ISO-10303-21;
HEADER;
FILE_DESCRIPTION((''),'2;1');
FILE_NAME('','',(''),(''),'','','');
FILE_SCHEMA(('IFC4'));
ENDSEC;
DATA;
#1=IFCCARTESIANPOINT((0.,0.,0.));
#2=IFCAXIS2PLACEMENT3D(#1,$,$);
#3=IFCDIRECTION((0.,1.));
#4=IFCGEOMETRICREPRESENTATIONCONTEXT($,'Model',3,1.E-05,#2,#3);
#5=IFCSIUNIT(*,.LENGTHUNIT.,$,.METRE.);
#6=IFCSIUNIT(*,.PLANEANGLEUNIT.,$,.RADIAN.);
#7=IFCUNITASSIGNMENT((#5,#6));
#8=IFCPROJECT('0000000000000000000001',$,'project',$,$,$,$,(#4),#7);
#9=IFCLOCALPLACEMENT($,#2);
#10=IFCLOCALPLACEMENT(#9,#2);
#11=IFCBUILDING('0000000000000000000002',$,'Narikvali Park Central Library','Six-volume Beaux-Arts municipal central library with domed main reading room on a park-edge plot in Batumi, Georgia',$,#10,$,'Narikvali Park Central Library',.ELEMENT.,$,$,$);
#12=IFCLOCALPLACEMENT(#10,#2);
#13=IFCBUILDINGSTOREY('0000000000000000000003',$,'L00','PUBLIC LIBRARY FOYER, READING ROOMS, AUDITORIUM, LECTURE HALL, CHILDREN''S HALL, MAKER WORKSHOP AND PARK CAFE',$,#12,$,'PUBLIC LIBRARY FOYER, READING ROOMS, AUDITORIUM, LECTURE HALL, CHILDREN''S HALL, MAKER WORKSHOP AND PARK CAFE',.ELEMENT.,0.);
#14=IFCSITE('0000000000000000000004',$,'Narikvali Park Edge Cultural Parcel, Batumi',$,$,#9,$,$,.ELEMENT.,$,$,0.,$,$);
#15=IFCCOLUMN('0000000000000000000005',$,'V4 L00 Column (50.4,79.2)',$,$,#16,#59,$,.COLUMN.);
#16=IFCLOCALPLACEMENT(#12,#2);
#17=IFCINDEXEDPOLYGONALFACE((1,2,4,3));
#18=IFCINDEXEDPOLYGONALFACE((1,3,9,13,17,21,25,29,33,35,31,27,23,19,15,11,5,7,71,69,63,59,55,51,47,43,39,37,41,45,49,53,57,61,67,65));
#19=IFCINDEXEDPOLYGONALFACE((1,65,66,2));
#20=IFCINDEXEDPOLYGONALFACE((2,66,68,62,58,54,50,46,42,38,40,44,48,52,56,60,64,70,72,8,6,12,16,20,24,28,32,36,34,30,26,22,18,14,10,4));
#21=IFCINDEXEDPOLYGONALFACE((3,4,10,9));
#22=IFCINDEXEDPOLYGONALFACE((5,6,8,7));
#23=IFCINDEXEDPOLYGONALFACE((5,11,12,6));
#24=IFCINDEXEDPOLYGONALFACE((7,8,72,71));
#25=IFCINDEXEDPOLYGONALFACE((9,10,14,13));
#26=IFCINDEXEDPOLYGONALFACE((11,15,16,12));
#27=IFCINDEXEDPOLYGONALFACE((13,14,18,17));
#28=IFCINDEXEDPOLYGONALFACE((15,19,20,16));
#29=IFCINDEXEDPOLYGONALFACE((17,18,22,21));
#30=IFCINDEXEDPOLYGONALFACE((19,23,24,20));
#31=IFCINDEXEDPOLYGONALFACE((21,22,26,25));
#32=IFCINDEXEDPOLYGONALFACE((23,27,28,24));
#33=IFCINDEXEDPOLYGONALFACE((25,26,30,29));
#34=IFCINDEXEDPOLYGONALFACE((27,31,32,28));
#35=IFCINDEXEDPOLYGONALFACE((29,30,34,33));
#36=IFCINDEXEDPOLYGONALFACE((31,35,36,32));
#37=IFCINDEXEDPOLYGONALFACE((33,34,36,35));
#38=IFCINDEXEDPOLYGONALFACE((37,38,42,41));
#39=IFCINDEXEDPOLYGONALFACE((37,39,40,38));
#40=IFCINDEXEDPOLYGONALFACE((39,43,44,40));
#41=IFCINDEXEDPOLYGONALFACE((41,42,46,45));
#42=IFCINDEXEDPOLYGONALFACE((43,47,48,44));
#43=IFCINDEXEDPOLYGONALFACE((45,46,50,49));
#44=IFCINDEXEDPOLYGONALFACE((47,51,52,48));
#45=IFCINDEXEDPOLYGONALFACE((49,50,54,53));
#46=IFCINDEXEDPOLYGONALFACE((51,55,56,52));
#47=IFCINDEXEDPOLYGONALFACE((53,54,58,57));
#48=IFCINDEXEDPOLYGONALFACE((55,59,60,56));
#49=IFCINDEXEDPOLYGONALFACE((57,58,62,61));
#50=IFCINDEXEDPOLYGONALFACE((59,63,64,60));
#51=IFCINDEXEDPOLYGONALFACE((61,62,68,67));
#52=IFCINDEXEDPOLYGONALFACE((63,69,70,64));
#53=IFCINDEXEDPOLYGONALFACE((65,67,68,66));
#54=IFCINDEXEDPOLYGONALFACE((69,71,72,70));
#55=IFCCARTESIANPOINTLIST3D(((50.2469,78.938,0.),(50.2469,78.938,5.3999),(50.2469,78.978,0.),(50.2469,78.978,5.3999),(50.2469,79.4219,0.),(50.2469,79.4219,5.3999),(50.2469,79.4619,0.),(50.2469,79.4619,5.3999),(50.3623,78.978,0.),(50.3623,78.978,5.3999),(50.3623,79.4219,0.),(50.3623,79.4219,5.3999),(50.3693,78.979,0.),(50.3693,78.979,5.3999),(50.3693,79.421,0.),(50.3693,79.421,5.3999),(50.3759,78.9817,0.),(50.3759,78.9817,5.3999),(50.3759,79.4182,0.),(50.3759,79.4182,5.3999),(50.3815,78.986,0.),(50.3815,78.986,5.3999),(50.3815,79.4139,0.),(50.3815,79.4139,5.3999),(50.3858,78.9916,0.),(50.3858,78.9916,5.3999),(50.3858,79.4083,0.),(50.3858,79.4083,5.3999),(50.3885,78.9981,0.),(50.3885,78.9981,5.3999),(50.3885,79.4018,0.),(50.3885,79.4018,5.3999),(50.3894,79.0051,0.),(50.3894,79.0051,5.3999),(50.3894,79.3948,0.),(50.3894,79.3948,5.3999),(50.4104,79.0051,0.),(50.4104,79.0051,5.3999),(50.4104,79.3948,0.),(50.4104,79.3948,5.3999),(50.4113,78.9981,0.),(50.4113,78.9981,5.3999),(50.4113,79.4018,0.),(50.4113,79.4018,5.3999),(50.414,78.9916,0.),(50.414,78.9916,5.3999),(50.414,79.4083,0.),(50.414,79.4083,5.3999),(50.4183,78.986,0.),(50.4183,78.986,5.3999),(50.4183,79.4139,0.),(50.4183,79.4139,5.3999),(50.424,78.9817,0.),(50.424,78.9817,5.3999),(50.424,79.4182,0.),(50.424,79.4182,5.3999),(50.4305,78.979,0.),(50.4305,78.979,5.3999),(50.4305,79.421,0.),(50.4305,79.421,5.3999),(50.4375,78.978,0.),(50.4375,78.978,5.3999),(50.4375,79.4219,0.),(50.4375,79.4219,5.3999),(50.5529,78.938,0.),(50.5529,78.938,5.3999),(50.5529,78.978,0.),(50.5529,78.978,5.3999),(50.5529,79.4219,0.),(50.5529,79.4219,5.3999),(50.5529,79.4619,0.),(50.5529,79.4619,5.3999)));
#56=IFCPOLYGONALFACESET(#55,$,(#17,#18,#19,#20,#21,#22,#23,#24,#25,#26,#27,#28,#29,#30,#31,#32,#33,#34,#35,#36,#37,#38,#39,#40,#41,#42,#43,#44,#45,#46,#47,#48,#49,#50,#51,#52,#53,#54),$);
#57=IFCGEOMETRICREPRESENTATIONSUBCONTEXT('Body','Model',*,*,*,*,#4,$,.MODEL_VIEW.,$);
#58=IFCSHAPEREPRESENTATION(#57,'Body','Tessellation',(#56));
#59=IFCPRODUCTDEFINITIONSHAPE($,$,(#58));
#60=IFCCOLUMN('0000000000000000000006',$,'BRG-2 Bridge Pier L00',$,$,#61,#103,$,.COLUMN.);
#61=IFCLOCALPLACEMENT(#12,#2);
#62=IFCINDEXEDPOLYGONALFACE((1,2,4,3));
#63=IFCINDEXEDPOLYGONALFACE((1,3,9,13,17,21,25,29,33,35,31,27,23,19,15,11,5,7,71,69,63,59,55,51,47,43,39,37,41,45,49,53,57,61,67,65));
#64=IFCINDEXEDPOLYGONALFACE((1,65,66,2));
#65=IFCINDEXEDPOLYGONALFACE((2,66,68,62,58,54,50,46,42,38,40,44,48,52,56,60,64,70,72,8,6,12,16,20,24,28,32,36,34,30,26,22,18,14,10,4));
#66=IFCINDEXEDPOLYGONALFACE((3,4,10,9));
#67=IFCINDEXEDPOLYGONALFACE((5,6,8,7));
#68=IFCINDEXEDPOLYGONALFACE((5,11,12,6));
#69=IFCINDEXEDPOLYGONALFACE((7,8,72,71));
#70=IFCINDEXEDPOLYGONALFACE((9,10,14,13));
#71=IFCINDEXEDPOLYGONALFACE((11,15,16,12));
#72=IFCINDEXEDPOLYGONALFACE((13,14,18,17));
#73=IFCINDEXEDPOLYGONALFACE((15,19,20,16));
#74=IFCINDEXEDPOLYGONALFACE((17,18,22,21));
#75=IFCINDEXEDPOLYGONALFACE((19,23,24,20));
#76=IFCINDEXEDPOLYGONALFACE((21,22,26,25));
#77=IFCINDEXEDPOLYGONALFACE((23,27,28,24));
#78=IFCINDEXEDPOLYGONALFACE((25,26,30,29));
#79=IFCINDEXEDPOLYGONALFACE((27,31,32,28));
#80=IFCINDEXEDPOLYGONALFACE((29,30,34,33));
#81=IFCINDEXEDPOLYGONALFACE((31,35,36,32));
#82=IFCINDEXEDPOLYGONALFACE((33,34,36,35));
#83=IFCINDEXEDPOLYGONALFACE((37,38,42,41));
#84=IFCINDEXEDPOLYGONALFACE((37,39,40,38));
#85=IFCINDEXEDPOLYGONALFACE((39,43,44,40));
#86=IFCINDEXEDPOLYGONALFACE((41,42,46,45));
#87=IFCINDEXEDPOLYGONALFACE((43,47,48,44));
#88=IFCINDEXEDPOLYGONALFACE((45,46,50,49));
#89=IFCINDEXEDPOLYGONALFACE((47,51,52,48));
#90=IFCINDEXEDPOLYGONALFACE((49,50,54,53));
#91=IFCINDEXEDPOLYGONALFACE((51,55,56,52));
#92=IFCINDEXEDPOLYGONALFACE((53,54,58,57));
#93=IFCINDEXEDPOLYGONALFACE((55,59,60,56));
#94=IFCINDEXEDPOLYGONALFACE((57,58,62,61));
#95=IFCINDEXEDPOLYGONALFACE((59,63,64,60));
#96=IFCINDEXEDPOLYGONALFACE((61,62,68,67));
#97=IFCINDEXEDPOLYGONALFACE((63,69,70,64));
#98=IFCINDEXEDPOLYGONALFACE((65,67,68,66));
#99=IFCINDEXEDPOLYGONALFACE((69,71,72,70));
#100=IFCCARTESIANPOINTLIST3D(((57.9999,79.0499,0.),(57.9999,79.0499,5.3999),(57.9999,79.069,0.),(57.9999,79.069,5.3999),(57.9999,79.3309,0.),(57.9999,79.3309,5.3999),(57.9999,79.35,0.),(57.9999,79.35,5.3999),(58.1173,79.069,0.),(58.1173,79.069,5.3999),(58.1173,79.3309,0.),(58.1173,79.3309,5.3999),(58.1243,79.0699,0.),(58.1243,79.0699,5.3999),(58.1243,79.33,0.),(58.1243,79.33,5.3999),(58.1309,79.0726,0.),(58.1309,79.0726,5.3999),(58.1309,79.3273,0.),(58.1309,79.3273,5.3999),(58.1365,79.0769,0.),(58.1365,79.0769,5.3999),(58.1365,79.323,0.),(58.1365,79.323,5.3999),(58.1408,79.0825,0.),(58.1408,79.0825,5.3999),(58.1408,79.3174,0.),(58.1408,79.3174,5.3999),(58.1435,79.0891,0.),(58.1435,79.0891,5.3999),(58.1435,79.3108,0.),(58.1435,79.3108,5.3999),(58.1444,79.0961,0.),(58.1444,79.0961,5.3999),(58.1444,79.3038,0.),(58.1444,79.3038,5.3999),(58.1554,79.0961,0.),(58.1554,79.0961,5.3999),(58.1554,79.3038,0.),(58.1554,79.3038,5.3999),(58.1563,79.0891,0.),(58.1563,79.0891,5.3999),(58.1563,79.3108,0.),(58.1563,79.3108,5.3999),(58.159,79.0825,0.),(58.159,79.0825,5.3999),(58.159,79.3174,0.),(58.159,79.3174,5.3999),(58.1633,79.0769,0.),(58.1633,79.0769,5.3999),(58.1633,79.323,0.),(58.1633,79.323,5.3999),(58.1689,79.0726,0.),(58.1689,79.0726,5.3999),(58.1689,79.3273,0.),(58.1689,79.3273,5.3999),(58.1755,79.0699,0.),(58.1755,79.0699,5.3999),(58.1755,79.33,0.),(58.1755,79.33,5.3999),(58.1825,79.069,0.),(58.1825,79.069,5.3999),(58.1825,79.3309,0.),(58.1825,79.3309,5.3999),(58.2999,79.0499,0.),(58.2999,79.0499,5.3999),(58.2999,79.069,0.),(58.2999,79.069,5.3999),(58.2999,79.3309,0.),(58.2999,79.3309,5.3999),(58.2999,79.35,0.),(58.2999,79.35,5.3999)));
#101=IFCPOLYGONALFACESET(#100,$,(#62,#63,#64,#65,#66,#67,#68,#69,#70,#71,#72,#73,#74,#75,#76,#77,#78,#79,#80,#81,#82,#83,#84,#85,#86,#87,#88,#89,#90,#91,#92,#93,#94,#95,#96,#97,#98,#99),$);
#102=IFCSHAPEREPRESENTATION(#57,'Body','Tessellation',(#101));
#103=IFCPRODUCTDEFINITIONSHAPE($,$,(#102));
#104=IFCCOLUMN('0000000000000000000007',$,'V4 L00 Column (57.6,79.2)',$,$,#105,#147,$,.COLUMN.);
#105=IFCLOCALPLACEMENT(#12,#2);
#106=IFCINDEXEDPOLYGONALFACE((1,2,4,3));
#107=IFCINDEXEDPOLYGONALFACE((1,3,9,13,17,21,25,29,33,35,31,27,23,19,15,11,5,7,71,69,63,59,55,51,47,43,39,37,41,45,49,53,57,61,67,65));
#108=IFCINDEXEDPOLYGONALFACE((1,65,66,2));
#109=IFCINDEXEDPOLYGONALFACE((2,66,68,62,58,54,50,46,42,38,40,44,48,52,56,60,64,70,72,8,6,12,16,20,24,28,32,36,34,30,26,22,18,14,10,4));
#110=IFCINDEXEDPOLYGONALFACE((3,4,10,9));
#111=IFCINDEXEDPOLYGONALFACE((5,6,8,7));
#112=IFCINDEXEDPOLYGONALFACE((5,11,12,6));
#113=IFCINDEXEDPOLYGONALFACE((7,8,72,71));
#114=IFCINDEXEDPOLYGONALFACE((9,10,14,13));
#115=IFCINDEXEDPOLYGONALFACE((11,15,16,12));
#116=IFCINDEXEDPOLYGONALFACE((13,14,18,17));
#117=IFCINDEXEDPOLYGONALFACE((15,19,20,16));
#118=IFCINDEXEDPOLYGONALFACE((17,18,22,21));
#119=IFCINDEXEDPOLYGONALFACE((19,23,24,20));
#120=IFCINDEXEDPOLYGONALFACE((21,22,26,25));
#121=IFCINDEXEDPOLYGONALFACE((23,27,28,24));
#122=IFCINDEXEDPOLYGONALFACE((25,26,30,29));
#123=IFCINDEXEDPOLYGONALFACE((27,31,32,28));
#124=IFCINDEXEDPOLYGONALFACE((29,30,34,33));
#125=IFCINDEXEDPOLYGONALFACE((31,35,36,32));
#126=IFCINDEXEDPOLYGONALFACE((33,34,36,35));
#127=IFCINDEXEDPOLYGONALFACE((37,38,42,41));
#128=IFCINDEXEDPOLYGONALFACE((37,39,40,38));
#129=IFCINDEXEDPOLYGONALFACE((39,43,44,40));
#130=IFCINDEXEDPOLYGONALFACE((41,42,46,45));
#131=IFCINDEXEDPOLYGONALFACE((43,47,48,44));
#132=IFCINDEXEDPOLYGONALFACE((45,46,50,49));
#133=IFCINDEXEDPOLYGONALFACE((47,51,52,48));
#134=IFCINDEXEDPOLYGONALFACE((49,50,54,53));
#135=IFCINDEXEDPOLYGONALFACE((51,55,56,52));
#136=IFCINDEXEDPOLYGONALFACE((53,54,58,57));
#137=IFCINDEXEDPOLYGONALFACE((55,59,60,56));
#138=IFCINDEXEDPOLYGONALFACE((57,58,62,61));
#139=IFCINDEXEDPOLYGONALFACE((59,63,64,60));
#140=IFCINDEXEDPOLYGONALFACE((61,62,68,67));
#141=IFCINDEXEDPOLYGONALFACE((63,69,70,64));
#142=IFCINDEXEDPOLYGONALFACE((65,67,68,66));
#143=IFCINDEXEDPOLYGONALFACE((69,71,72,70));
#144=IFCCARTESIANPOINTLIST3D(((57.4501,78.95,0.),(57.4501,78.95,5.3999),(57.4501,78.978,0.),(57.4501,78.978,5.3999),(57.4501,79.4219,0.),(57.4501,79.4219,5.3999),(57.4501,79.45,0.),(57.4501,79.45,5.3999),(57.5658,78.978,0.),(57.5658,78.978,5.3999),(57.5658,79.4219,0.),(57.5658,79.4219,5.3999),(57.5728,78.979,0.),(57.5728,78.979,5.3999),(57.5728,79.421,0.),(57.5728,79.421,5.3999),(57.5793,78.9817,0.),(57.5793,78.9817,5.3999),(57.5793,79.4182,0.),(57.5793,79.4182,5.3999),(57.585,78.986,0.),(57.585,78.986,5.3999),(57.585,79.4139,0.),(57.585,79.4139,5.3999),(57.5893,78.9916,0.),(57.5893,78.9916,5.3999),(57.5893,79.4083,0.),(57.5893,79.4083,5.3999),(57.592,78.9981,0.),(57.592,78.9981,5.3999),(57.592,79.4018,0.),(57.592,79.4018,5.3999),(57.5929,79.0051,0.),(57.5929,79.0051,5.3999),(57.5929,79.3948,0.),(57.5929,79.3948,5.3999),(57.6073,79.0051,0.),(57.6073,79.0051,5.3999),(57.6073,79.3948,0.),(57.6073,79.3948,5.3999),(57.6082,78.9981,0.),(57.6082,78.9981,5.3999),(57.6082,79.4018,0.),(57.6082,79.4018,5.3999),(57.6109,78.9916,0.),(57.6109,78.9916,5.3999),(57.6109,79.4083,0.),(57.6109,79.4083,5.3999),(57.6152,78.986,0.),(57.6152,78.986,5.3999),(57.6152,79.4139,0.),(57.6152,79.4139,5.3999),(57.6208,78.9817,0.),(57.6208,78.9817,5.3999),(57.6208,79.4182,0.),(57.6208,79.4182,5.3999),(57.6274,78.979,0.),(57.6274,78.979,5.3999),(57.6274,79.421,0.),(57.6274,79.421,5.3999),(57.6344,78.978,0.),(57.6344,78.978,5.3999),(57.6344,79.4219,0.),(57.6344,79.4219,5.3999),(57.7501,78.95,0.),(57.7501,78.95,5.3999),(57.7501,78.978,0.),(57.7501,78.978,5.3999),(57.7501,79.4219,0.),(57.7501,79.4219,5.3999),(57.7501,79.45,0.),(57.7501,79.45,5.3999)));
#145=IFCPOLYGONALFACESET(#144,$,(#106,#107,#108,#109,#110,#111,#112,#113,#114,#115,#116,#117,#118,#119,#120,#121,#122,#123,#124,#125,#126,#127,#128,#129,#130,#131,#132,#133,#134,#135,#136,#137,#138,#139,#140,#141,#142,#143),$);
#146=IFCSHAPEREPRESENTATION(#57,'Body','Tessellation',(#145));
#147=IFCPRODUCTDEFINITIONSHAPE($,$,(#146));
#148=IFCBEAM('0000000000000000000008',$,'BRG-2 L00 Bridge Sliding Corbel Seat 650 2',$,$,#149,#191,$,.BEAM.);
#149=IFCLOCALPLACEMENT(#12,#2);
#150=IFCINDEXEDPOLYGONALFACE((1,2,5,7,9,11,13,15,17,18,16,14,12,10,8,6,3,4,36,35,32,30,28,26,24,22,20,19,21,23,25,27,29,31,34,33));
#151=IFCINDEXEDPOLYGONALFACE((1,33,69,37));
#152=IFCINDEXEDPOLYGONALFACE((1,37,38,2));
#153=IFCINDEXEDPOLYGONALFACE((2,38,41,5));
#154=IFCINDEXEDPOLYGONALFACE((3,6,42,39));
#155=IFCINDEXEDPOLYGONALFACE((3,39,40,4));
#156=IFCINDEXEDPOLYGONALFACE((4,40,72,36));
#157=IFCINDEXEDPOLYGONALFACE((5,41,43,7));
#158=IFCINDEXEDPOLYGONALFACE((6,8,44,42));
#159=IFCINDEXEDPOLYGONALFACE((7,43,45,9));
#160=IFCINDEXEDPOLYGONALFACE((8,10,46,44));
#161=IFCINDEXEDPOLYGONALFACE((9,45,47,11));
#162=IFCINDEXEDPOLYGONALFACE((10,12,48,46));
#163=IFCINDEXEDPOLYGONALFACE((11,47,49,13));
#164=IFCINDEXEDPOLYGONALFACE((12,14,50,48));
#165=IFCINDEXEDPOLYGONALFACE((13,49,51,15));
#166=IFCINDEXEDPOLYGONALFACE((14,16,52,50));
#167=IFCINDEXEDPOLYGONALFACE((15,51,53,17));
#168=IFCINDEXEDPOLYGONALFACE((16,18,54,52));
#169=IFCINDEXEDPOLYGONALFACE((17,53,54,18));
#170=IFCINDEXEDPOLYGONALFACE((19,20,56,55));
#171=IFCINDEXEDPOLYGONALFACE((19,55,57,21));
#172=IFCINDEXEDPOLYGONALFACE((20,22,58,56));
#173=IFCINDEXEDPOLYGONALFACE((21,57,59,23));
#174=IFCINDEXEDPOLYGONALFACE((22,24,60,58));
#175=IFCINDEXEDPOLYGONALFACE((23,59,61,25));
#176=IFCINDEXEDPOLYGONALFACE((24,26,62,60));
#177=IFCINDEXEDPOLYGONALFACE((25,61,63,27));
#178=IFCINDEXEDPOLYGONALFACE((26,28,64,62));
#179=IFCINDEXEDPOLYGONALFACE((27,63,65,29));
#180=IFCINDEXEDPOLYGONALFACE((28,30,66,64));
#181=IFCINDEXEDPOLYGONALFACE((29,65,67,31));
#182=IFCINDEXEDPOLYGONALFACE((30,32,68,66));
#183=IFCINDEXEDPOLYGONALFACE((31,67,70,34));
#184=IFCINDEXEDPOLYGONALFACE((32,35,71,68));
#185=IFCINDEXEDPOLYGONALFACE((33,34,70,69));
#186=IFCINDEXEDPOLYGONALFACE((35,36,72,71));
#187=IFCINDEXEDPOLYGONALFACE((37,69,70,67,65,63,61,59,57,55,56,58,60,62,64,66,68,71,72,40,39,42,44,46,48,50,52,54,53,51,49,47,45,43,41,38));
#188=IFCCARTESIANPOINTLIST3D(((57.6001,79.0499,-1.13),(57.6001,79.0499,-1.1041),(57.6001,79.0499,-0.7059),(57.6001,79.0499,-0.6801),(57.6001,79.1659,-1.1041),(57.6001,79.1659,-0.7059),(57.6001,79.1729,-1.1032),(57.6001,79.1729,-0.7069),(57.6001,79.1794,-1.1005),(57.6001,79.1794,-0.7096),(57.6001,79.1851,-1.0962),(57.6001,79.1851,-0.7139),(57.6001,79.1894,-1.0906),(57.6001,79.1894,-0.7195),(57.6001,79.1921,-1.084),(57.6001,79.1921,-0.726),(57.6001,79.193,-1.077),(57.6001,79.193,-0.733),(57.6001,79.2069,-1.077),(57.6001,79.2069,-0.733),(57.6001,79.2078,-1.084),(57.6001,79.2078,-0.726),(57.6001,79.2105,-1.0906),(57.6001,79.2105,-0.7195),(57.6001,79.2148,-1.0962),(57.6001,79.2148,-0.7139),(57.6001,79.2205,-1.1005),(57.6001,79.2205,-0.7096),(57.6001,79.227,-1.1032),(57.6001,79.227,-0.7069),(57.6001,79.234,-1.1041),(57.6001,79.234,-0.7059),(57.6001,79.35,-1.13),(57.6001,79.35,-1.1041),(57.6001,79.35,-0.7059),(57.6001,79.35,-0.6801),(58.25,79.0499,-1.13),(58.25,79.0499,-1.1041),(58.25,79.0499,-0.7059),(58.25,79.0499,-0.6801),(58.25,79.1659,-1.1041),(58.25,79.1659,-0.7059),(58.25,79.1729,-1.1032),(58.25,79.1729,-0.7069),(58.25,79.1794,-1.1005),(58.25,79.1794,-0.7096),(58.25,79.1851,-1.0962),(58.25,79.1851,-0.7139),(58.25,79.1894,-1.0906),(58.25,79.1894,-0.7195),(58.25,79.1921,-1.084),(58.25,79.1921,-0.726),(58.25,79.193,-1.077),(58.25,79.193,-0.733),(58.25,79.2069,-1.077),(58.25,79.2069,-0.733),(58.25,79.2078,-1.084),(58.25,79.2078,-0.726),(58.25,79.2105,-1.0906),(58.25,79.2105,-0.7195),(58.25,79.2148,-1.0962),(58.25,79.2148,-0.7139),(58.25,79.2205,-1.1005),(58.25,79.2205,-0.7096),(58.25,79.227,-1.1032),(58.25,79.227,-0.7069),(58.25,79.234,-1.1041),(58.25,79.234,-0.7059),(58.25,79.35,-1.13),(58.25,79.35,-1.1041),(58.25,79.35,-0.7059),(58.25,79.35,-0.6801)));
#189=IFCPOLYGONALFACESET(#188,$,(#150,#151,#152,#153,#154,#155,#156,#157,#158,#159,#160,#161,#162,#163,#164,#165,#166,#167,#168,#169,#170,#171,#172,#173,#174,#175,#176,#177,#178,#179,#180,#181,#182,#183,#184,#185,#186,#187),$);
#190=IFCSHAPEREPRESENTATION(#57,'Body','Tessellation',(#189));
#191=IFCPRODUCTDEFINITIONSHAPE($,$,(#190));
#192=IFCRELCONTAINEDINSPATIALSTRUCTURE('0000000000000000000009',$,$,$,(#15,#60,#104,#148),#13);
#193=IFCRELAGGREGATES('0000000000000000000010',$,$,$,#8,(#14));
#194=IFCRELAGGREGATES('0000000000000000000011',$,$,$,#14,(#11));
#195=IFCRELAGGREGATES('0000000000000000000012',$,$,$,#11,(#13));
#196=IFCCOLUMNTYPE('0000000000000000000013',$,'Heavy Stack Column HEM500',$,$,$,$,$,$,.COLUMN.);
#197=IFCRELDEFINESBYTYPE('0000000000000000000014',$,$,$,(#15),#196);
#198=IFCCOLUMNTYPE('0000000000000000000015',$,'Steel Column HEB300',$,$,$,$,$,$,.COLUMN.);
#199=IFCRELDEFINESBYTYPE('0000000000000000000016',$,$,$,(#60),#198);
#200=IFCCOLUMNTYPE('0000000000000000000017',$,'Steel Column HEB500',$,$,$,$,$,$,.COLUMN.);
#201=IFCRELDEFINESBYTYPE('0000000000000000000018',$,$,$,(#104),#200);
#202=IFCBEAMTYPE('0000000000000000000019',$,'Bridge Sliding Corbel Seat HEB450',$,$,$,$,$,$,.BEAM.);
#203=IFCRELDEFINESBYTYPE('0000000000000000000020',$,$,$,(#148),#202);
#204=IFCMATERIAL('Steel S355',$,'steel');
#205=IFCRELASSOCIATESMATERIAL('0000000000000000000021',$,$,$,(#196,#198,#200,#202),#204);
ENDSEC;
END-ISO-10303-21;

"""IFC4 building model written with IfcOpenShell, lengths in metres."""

from ifc_helpers import new_model, si_unit, direction, frame, origin, origin_2d, place, context, subcontext, project, spatial, i_section, extrude, material, material_profile, profile_set, type_object, element, save


model = new_model("IFC4")

# Units and contexts
model_context = context("Model", 3, precision=1e-05, world=origin(), true_north=direction((0.0, 1.0)))
body_context = subcontext(model_context, "Body", "Model", "MODEL_VIEW")
ifc_project = project(units=[si_unit("LENGTHUNIT", "METRE"), si_unit("PLANEANGLEUNIT", "RADIAN")], contexts=[model_context])

# Site, building, storey
site_placement = place(None, origin())
site = spatial("IfcSite", under=ifc_project, at=site_placement, Name="Narikvali Park Edge Cultural Parcel, Batumi", CompositionType="ELEMENT", RefElevation=0.0)
building_placement = place(site_placement, origin())
building = spatial("IfcBuilding", under=site, at=building_placement, Name="Narikvali Park Central Library", Description="Six-volume Beaux-Arts municipal central library with domed main reading room on a park-edge plot in Batumi, Georgia", LongName="Narikvali Park Central Library", CompositionType="ELEMENT")
storey_placement = place(building_placement, origin())
storey = spatial("IfcBuildingStorey", under=building, at=storey_placement, Name="L00", Description="PUBLIC LIBRARY FOYER, READING ROOMS, AUDITORIUM, LECTURE HALL, CHILDREN'S HALL, MAKER WORKSHOP AND PARK CAFE", LongName="PUBLIC LIBRARY FOYER, READING ROOMS, AUDITORIUM, LECTURE HALL, CHILDREN'S HALL, MAKER WORKSHOP AND PARK CAFE", CompositionType="ELEMENT", Elevation=0.0)

# Columns
ifc_material_1 = material(Name="Steel S355", Category="steel")
ifc_material_profile_1 = material_profile(ifc_material_1, i_section(OverallWidth=0.3059, OverallDepth=0.5239, WebThickness=0.021, FlangeThickness=0.04, FilletRadius=0.0271, at=origin_2d()), Name="HEM 500")
ifc_profile_set_1 = profile_set([ifc_material_profile_1], Name="Steel S355")
column_type_1 = type_object("IfcColumnType", Name="Heavy Stack Column HEM500", PredefinedType="COLUMN", material=ifc_profile_set_1)
column_1_placement = place(storey_placement, frame((50.3999, 79.2, 0.0), z_axis=(0.0, 0.0, 1.0), x_axis=(1.0, 0.0, 0.0)))
element("IfcColumn", 1, at=column_1_placement, inside=storey, type_object=column_type_1, Name="V4 L00 Column (50.4,79.2)", PredefinedType="COLUMN", context=body_context, shape_type="SweptSolid", body=[
    extrude(i_section(OverallWidth=0.3059, OverallDepth=0.5239, WebThickness=0.021, FlangeThickness=0.04, FilletRadius=0.0271, at=origin_2d()), origin(), (0.0, 0.0, 1.0), 5.3999),
])
ifc_material_profile_2 = material_profile(ifc_material_1, i_section(OverallWidth=0.3, OverallDepth=0.3, WebThickness=0.011, FlangeThickness=0.019, FilletRadius=0.0271, at=origin_2d()), Name="HEB 300")
ifc_profile_set_2 = profile_set([ifc_material_profile_2], Name="Steel S355")
column_type_2 = type_object("IfcColumnType", Name="Steel Column HEB300", PredefinedType="COLUMN", material=ifc_profile_set_2)
column_2_placement = place(storey_placement, frame((58.1499, 79.2, 0.0), z_axis=(0.0, 0.0, 1.0), x_axis=(1.0, 0.0, 0.0)))
element("IfcColumn", 2, at=column_2_placement, inside=storey, type_object=column_type_2, Name="BRG-2 Bridge Pier L00", PredefinedType="COLUMN", context=body_context, shape_type="SweptSolid", body=[
    extrude(i_section(OverallWidth=0.3, OverallDepth=0.3, WebThickness=0.011, FlangeThickness=0.019, FilletRadius=0.0271, at=origin_2d()), origin(), (0.0, 0.0, 1.0), 5.3999),
])
ifc_material_profile_3 = material_profile(ifc_material_1, i_section(OverallWidth=0.3, OverallDepth=0.5, WebThickness=0.0144, FlangeThickness=0.0281, FilletRadius=0.0271, at=origin_2d()), Name="HEB 500")
ifc_profile_set_3 = profile_set([ifc_material_profile_3], Name="Steel S355")
column_type_3 = type_object("IfcColumnType", Name="Steel Column HEB500", PredefinedType="COLUMN", material=ifc_profile_set_3)
column_3_placement = place(storey_placement, frame((57.6001, 79.2, 0.0), z_axis=(0.0, 0.0, 1.0), x_axis=(1.0, 0.0, 0.0)))
element("IfcColumn", 3, at=column_3_placement, inside=storey, type_object=column_type_3, Name="V4 L00 Column (57.6,79.2)", PredefinedType="COLUMN", context=body_context, shape_type="SweptSolid", body=[
    extrude(i_section(OverallWidth=0.3, OverallDepth=0.5, WebThickness=0.0144, FlangeThickness=0.0281, FilletRadius=0.0271, at=origin_2d()), origin(), (0.0, 0.0, 1.0), 5.3999),
])

# Beam
ifc_material_profile_4 = material_profile(ifc_material_1, i_section(OverallWidth=0.3, OverallDepth=0.45, WebThickness=0.0139, FlangeThickness=0.0259, FilletRadius=0.0271, at=origin_2d()), Name="HEB 450")
ifc_profile_set_4 = profile_set([ifc_material_profile_4], Name="Steel S355")
beam_type_1 = type_object("IfcBeamType", Name="Bridge Sliding Corbel Seat HEB450", PredefinedType="BEAM", material=ifc_profile_set_4)
beam_1_placement = place(storey_placement, frame((57.6001, 79.2, -0.905), z_axis=(1.0, 0.0, 0.0), x_axis=(0.0, 1.0, 0.0)))
element("IfcBeam", 4, at=beam_1_placement, inside=storey, type_object=beam_type_1, Name="BRG-2 L00 Bridge Sliding Corbel Seat 650 2", PredefinedType="BEAM", context=body_context, shape_type="SweptSolid", body=[
    extrude(i_section(OverallWidth=0.3, OverallDepth=0.45, WebThickness=0.0139, FlangeThickness=0.0259, FilletRadius=0.0271, at=origin_2d()), origin(), (0.0, 0.0, 1.0), 0.6499),
])

save(model, "model.ifc")
